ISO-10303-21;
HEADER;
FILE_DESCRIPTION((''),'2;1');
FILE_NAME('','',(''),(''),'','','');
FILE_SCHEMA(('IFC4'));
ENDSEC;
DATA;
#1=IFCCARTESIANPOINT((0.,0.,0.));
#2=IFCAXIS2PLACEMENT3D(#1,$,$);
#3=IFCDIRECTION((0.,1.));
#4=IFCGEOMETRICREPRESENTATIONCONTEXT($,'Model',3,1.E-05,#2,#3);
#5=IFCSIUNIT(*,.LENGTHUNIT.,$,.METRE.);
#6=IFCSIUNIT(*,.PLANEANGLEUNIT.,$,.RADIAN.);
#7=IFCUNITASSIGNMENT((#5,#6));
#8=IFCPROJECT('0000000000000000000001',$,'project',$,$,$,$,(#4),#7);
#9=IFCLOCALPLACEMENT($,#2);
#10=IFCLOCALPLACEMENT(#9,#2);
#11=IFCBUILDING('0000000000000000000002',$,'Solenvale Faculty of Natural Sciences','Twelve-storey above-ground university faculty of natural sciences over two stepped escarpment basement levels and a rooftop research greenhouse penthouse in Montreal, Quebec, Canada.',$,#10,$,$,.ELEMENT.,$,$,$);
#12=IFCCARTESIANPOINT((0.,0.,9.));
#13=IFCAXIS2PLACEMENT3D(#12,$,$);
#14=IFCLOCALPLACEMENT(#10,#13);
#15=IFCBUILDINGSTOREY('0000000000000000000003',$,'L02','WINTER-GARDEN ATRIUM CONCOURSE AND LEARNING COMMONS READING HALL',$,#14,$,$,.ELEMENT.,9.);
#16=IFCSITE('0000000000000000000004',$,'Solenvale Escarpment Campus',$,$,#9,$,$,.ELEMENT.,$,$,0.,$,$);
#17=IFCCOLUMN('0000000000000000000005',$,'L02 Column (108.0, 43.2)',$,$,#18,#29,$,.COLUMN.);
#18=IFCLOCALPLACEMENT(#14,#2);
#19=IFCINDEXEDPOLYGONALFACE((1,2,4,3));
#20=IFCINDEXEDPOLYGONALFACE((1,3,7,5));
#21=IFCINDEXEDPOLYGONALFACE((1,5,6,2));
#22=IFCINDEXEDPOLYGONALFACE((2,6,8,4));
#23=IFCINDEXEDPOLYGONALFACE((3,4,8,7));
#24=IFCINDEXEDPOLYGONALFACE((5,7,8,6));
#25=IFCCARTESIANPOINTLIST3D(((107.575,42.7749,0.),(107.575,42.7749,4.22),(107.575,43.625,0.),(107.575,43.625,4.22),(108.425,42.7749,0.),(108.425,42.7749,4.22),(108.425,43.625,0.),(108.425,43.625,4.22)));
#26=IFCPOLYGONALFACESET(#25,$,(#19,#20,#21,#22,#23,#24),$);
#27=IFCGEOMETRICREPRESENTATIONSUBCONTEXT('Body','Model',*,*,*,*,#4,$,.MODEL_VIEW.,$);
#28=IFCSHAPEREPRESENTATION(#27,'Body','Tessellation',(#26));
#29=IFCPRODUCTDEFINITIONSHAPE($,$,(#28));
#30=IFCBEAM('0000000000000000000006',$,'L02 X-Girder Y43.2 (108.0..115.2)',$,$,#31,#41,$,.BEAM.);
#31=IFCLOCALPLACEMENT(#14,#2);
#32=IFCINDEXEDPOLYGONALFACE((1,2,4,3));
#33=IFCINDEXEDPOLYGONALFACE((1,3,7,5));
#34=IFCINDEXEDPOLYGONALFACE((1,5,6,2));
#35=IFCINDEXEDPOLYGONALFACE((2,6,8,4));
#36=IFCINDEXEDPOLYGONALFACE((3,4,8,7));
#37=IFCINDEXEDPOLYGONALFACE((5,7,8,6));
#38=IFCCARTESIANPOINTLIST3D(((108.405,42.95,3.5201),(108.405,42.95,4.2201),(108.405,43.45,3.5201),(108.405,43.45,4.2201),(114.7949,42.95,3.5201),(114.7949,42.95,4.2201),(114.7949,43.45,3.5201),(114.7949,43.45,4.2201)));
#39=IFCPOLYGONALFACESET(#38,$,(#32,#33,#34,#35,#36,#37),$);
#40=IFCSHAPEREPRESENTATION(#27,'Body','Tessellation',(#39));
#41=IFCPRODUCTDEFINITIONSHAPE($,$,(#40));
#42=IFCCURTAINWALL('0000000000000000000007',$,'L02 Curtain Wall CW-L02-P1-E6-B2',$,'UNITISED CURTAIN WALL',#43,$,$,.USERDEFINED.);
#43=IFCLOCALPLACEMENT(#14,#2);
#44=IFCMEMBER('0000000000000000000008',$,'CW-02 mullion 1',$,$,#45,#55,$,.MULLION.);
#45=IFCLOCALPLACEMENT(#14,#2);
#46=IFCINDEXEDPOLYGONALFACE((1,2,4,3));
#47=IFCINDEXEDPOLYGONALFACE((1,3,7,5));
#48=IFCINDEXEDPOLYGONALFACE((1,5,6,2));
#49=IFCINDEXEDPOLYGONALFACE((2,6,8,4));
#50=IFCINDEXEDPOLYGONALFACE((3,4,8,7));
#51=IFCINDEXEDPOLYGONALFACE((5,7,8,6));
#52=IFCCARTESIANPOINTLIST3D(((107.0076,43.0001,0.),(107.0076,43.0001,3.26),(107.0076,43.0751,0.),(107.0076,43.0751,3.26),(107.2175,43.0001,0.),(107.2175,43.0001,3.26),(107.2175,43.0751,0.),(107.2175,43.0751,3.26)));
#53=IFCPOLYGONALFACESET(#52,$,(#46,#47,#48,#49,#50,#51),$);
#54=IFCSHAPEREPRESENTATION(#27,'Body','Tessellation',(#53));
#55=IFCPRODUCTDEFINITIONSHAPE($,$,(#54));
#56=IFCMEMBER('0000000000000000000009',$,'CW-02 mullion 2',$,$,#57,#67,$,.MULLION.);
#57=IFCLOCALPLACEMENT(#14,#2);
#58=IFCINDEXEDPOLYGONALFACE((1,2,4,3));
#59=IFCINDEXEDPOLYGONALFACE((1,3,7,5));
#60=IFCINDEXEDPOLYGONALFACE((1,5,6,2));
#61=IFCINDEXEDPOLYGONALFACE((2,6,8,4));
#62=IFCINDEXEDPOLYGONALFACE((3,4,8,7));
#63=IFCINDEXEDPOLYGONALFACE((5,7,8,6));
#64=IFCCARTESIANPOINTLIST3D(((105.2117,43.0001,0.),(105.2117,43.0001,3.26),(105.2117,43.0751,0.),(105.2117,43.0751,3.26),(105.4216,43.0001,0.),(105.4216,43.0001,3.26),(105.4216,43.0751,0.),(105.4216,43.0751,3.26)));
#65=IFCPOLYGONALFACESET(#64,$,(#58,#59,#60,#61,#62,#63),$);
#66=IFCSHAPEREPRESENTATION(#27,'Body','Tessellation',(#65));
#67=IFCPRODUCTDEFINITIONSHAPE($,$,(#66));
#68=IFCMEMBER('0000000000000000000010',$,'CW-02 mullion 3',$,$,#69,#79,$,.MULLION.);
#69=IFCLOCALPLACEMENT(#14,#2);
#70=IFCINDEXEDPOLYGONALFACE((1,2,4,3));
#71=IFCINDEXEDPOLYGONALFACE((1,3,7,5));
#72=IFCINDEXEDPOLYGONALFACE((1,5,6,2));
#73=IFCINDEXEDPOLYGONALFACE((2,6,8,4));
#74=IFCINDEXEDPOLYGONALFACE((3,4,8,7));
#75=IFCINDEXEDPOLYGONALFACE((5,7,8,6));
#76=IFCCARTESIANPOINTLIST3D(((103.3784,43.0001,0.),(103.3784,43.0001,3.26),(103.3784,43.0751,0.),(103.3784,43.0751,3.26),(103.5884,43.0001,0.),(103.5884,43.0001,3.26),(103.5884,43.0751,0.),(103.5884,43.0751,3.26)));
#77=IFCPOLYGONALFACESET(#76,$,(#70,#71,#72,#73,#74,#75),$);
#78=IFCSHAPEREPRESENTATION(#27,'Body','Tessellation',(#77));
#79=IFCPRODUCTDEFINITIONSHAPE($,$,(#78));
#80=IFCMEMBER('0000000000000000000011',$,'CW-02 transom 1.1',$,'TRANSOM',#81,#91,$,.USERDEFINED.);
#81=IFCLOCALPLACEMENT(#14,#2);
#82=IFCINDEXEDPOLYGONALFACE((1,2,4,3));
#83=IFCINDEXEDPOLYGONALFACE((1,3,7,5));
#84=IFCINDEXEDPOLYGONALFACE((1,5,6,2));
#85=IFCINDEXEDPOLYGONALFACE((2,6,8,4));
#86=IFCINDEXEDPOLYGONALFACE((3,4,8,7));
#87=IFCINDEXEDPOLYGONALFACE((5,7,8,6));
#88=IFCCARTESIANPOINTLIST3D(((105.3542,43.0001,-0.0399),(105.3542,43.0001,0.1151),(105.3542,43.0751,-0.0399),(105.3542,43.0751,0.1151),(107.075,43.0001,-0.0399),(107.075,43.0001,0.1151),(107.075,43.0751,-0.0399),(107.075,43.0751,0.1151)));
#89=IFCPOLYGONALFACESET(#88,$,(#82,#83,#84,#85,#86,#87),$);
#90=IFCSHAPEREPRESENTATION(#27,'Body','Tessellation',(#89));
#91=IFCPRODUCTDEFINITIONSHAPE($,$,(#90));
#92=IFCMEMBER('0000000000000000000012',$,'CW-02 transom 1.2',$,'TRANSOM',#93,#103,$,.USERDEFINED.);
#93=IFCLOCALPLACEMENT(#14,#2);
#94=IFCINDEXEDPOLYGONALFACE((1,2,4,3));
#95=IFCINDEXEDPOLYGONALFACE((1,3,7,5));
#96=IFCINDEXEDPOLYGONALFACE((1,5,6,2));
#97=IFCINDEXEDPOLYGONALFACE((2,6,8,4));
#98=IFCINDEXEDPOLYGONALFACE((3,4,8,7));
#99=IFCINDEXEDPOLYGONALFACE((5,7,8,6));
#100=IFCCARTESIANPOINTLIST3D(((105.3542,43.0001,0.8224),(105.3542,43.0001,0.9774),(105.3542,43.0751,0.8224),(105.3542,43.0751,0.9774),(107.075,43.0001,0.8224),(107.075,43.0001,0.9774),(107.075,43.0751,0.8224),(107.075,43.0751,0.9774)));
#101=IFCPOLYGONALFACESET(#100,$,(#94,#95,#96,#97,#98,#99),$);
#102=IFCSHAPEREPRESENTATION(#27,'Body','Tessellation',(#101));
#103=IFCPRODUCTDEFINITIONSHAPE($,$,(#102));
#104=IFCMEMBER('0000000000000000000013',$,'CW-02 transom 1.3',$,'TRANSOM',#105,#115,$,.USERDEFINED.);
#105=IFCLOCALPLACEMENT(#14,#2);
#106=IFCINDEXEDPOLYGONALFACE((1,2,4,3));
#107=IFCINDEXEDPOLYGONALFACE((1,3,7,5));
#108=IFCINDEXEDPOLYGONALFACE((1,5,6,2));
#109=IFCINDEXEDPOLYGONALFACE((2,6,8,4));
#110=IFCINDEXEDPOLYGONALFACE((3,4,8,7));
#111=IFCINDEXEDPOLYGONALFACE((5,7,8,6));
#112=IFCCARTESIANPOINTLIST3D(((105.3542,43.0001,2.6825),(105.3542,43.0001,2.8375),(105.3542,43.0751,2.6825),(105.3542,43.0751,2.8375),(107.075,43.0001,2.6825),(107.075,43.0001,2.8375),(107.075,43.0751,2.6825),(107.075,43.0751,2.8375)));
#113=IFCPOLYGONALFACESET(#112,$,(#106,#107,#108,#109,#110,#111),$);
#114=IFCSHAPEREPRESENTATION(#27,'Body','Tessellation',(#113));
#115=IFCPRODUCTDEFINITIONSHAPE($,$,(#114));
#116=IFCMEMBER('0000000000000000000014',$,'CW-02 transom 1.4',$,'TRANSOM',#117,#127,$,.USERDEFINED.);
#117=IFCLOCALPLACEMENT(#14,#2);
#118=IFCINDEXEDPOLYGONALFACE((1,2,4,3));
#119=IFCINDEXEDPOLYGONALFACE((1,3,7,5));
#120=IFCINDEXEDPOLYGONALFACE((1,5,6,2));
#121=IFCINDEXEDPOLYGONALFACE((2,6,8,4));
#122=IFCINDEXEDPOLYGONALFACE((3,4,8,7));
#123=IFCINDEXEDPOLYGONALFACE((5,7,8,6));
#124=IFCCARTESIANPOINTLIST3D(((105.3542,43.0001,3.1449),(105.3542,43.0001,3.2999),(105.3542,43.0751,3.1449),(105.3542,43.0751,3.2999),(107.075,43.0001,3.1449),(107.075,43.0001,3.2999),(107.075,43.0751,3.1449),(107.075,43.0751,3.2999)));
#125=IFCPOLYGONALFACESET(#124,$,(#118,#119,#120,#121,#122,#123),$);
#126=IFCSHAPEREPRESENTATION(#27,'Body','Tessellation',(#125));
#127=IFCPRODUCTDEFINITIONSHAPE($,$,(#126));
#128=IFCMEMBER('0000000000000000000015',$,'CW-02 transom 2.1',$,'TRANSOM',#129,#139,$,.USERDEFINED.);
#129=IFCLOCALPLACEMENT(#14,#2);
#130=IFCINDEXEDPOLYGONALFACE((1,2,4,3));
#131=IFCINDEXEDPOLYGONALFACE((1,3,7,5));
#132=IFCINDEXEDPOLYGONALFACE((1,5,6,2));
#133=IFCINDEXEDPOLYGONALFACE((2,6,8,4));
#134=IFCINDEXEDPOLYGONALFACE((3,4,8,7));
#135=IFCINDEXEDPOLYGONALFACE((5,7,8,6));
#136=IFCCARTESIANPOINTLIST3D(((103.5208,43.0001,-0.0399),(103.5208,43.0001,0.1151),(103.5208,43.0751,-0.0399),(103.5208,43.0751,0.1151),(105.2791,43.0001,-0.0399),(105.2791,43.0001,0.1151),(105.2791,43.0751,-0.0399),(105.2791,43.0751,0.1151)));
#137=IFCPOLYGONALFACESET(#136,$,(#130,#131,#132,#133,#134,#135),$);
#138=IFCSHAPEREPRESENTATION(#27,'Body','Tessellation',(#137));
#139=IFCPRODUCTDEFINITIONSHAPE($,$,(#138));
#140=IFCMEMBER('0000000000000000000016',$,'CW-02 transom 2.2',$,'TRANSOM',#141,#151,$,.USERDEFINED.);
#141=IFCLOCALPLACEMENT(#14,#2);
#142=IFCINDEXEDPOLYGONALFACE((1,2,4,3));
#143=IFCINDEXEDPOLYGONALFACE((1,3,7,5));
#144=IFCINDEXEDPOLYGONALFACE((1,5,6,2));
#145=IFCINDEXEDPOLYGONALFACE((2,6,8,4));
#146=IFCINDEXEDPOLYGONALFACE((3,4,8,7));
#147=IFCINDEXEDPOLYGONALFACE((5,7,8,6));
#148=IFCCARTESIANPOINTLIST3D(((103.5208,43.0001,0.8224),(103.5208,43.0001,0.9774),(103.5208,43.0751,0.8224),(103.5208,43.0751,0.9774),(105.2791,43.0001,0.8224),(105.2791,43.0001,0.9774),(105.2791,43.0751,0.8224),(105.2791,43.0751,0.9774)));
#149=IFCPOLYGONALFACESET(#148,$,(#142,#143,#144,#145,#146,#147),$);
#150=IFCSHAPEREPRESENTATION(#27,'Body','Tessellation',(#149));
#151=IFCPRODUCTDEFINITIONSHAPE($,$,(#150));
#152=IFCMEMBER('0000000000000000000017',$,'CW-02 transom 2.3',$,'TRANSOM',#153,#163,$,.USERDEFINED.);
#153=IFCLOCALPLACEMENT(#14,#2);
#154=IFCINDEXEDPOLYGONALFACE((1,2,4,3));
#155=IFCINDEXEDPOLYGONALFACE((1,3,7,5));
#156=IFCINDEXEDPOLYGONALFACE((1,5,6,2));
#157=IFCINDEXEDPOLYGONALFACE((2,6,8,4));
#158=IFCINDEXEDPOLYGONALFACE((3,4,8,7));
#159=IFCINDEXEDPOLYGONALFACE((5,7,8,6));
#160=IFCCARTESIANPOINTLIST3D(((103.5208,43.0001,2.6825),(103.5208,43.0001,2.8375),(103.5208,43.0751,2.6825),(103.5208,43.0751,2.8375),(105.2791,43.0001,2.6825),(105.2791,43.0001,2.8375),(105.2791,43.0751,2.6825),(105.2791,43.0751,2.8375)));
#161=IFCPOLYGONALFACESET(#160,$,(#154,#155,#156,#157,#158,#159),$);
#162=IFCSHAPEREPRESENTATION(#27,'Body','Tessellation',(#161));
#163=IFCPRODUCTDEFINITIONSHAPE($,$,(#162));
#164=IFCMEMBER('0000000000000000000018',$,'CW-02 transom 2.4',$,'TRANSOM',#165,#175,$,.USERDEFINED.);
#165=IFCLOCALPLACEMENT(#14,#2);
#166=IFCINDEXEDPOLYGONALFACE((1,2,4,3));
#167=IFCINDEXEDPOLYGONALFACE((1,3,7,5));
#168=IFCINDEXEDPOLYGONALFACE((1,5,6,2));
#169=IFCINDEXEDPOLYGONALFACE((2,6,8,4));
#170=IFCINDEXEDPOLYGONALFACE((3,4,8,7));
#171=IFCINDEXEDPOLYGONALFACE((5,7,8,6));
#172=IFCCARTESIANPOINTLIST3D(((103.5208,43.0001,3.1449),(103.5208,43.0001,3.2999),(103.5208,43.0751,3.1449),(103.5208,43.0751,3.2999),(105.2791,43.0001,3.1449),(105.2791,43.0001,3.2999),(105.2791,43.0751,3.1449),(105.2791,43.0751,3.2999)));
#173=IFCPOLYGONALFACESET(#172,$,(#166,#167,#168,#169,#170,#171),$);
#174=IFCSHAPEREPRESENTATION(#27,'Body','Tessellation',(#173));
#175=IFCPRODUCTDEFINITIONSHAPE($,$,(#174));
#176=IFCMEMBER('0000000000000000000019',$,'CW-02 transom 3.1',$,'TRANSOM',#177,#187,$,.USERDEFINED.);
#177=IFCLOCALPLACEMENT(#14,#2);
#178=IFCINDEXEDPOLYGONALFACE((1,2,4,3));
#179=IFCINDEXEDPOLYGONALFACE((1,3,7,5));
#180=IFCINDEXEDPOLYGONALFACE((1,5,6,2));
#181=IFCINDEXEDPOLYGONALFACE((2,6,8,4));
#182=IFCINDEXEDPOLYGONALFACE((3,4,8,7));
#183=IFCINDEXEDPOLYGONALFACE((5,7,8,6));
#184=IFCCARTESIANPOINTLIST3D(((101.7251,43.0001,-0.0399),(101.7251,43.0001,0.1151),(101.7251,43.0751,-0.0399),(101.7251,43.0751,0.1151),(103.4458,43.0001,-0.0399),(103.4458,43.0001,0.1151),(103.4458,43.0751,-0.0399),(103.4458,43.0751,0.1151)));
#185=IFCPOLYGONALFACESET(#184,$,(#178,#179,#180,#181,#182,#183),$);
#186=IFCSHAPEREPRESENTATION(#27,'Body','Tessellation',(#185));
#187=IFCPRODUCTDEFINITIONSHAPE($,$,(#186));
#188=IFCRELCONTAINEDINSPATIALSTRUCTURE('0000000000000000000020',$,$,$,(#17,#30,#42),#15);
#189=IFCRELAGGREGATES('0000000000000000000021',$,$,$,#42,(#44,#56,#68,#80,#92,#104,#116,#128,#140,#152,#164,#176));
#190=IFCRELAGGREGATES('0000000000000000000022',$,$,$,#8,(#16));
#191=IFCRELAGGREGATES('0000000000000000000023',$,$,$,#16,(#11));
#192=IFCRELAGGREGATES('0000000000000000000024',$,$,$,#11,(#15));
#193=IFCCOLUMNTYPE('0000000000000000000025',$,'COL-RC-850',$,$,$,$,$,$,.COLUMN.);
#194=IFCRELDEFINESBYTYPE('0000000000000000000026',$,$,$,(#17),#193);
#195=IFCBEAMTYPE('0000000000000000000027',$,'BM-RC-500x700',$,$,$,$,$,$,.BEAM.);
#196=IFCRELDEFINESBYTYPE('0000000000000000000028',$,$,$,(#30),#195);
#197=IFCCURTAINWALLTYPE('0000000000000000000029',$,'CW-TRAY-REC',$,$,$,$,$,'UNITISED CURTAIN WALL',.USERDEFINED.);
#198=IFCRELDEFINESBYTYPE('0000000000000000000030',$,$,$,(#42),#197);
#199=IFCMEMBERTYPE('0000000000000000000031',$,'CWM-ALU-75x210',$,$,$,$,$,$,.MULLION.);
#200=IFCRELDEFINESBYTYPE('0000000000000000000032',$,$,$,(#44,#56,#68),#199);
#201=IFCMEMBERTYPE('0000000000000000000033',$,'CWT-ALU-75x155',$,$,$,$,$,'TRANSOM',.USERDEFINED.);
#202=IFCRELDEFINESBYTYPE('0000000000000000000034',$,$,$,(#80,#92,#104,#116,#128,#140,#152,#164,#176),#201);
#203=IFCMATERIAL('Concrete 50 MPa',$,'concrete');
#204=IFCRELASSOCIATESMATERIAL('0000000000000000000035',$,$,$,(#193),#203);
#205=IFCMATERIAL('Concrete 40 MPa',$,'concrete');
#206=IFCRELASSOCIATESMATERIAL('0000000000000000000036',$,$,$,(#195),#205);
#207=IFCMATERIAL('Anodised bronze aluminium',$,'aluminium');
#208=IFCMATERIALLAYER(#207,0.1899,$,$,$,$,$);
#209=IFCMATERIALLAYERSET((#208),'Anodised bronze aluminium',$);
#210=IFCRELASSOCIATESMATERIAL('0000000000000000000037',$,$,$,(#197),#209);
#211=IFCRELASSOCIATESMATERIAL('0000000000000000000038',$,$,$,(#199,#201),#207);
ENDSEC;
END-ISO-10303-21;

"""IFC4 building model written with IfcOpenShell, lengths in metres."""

from ifc_helpers import new_model, si_unit, direction, frame, origin, origin_2d, place, context, subcontext, project, spatial, rectangle, extrude, material, layer, layer_set, material_profile, profile_set, type_object, element, aggregate, save


model = new_model("IFC4")

# Units and contexts
model_context = context("Model", 3, precision=1e-05, world=origin(), true_north=direction((0.0, 1.0)))
body_context = subcontext(model_context, "Body", "Model", "MODEL_VIEW")
ifc_project = project(units=[si_unit("LENGTHUNIT", "METRE"), si_unit("PLANEANGLEUNIT", "RADIAN")], contexts=[model_context])

# Site, building, storey
site_placement = place(None, origin())
site = spatial("IfcSite", under=ifc_project, at=site_placement, Name="Solenvale Escarpment Campus", CompositionType="ELEMENT", RefElevation=0.0)
building_placement = place(site_placement, origin())
building = spatial("IfcBuilding", under=site, at=building_placement, Name="Solenvale Faculty of Natural Sciences", Description="Twelve-storey above-ground university faculty of natural sciences over two stepped escarpment basement levels and a rooftop research greenhouse penthouse in Montreal, Quebec, Canada.", CompositionType="ELEMENT")
storey_placement = place(building_placement, frame((0.0, 0.0, 9.0)))
storey = spatial("IfcBuildingStorey", under=building, at=storey_placement, Name="L02", Description="WINTER-GARDEN ATRIUM CONCOURSE AND LEARNING COMMONS READING HALL", CompositionType="ELEMENT", Elevation=9.0)

# Column
ifc_material_1 = material(Name="Concrete 50 MPa", Category="concrete")
ifc_material_profile_1 = material_profile(ifc_material_1, rectangle(XDim=0.8501, YDim=0.8501, at=origin_2d()), Name="RC-COL-850x850")
ifc_profile_set_1 = profile_set([ifc_material_profile_1], Name="Concrete 50 MPa")
column_type = type_object("IfcColumnType", Name="COL-RC-850", PredefinedType="COLUMN", material=ifc_profile_set_1)
column_placement = place(storey_placement, frame((108.0, 43.2, 0.0), z_axis=(0.0, 0.0, 1.0), x_axis=(1.0, 0.0, 0.0)))
element("IfcColumn", 1, at=column_placement, inside=storey, type_object=column_type, Name="L02 Column (108.0, 43.2)", PredefinedType="COLUMN", context=body_context, shape_type="SweptSolid", body=[
    extrude(rectangle(XDim=0.8501, YDim=0.8501, at=origin_2d()), origin(), (0.0, 0.0, 1.0), 4.22),
])

# Beam
ifc_material_2 = material(Name="Concrete 40 MPa", Category="concrete")
ifc_material_profile_2 = material_profile(ifc_material_2, rectangle(XDim=0.5, YDim=0.7, at=origin_2d()), Name="RC-BM-500x700")
ifc_profile_set_2 = profile_set([ifc_material_profile_2], Name="Concrete 40 MPa")
beam_type = type_object("IfcBeamType", Name="BM-RC-500x700", PredefinedType="BEAM", material=ifc_profile_set_2)
beam_placement = place(storey_placement, frame((108.405, 43.2, 3.8701), z_axis=(1.0, 0.0, 0.0), x_axis=(0.0, 1.0, 0.0)))
element("IfcBeam", 2, at=beam_placement, inside=storey, type_object=beam_type, Name="L02 X-Girder Y43.2 (108.0..115.2)", PredefinedType="BEAM", context=body_context, shape_type="SweptSolid", body=[
    extrude(rectangle(XDim=0.5, YDim=0.7, at=origin_2d()), origin(), (0.0, 0.0, 1.0), 6.3899),
])

# Curtain wall, members
ifc_material_3 = material(Name="Anodised bronze aluminium", Category="aluminium")
ifc_layer_1 = layer(ifc_material_3, 0.1899)
ifc_layer_set_1 = layer_set([ifc_layer_1], Name="Anodised bronze aluminium")
curtain_wall_type = type_object("IfcCurtainWallType", Name="CW-TRAY-REC", ElementType="UNITISED CURTAIN WALL", PredefinedType="USERDEFINED", material=ifc_layer_set_1)
curtain_wall_placement = place(storey_placement, origin())
curtain_wall = element("IfcCurtainWall", 3, at=curtain_wall_placement, inside=storey, type_object=curtain_wall_type, Name="L02 Curtain Wall CW-L02-P1-E6-B2", ObjectType="UNITISED CURTAIN WALL", PredefinedType="USERDEFINED")
ifc_material_profile_3 = material_profile(ifc_material_3, rectangle(XDim=0.075, YDim=0.21, at=origin_2d()), Name="ALU-MUL-75x210")
ifc_profile_set_3 = profile_set([ifc_material_profile_3], Name="Anodised bronze aluminium")
member_type_1 = type_object("IfcMemberType", Name="CWM-ALU-75x210", PredefinedType="MULLION", material=ifc_profile_set_3)
member_1_placement = place(storey_placement, frame((107.1125, 43.0376, 0.0), z_axis=(0.0, 0.0, 1.0), x_axis=(0.0, -1.0, 0.0)))
member_1 = element("IfcMember", 4, at=member_1_placement, type_object=member_type_1, Name="CW-02 mullion 1", PredefinedType="MULLION", context=body_context, shape_type="SweptSolid", body=[
    extrude(rectangle(XDim=0.075, YDim=0.21, at=origin_2d()), origin(), (0.0, 0.0, 1.0), 3.26),
])
member_2_placement = place(storey_placement, frame((105.3167, 43.0376, 0.0), z_axis=(0.0, 0.0, 1.0), x_axis=(0.0, -1.0, 0.0)))
member_2 = element("IfcMember", 5, at=member_2_placement, type_object=member_type_1, Name="CW-02 mullion 2", PredefinedType="MULLION", context=body_context, shape_type="SweptSolid", body=[
    extrude(rectangle(XDim=0.075, YDim=0.21, at=origin_2d()), origin(), (0.0, 0.0, 1.0), 3.26),
])
member_3_placement = place(storey_placement, frame((103.4834, 43.0376, 0.0), z_axis=(0.0, 0.0, 1.0), x_axis=(0.0, -1.0, 0.0)))
member_3 = element("IfcMember", 6, at=member_3_placement, type_object=member_type_1, Name="CW-02 mullion 3", PredefinedType="MULLION", context=body_context, shape_type="SweptSolid", body=[
    extrude(rectangle(XDim=0.075, YDim=0.21, at=origin_2d()), origin(), (0.0, 0.0, 1.0), 3.26),
])
ifc_material_profile_4 = material_profile(ifc_material_3, rectangle(XDim=0.075, YDim=0.155, at=origin_2d()), Name="ALU-TRN-75x155")
ifc_profile_set_4 = profile_set([ifc_material_profile_4], Name="Anodised bronze aluminium")
member_type_2 = type_object("IfcMemberType", Name="CWT-ALU-75x155", ElementType="TRANSOM", PredefinedType="USERDEFINED", material=ifc_profile_set_4)
member_4_placement = place(storey_placement, frame((107.075, 43.0376, 0.0376), z_axis=(-1.0, 0.0, 0.0), x_axis=(0.0, -1.0, 0.0)))
member_4 = element("IfcMember", 7, at=member_4_placement, type_object=member_type_2, Name="CW-02 transom 1.1", ObjectType="TRANSOM", PredefinedType="USERDEFINED", context=body_context, shape_type="SweptSolid", body=[
    extrude(rectangle(XDim=0.075, YDim=0.155, at=origin_2d()), origin(), (0.0, 0.0, 1.0), 1.7207),
])
member_5_placement = place(storey_placement, frame((107.075, 43.0376, 0.8999), z_axis=(-1.0, 0.0, 0.0), x_axis=(0.0, -1.0, 0.0)))
member_5 = element("IfcMember", 8, at=member_5_placement, type_object=member_type_2, Name="CW-02 transom 1.2", ObjectType="TRANSOM", PredefinedType="USERDEFINED", context=body_context, shape_type="SweptSolid", body=[
    extrude(rectangle(XDim=0.075, YDim=0.155, at=origin_2d()), origin(), (0.0, 0.0, 1.0), 1.7207),
])
member_6_placement = place(storey_placement, frame((107.075, 43.0376, 2.76), z_axis=(-1.0, 0.0, 0.0), x_axis=(0.0, -1.0, 0.0)))
member_6 = element("IfcMember", 9, at=member_6_placement, type_object=member_type_2, Name="CW-02 transom 1.3", ObjectType="TRANSOM", PredefinedType="USERDEFINED", context=body_context, shape_type="SweptSolid", body=[
    extrude(rectangle(XDim=0.075, YDim=0.155, at=origin_2d()), origin(), (0.0, 0.0, 1.0), 1.7207),
])
member_7_placement = place(storey_placement, frame((107.075, 43.0376, 3.2224), z_axis=(-1.0, 0.0, 0.0), x_axis=(0.0, -1.0, 0.0)))
member_7 = element("IfcMember", 10, at=member_7_placement, type_object=member_type_2, Name="CW-02 transom 1.4", ObjectType="TRANSOM", PredefinedType="USERDEFINED", context=body_context, shape_type="SweptSolid", body=[
    extrude(rectangle(XDim=0.075, YDim=0.155, at=origin_2d()), origin(), (0.0, 0.0, 1.0), 1.7207),
])
member_8_placement = place(storey_placement, frame((105.2791, 43.0376, 0.0376), z_axis=(-1.0, 0.0, 0.0), x_axis=(0.0, -1.0, 0.0)))
member_8 = element("IfcMember", 11, at=member_8_placement, type_object=member_type_2, Name="CW-02 transom 2.1", ObjectType="TRANSOM", PredefinedType="USERDEFINED", context=body_context, shape_type="SweptSolid", body=[
    extrude(rectangle(XDim=0.075, YDim=0.155, at=origin_2d()), origin(), (0.0, 0.0, 1.0), 1.7583),
])
member_9_placement = place(storey_placement, frame((105.2791, 43.0376, 0.8999), z_axis=(-1.0, 0.0, 0.0), x_axis=(0.0, -1.0, 0.0)))
member_9 = element("IfcMember", 12, at=member_9_placement, type_object=member_type_2, Name="CW-02 transom 2.2", ObjectType="TRANSOM", PredefinedType="USERDEFINED", context=body_context, shape_type="SweptSolid", body=[
    extrude(rectangle(XDim=0.075, YDim=0.155, at=origin_2d()), origin(), (0.0, 0.0, 1.0), 1.7583),
])
member_10_placement = place(storey_placement, frame((105.2791, 43.0376, 2.76), z_axis=(-1.0, 0.0, 0.0), x_axis=(0.0, -1.0, 0.0)))
member_10 = element("IfcMember", 13, at=member_10_placement, type_object=member_type_2, Name="CW-02 transom 2.3", ObjectType="TRANSOM", PredefinedType="USERDEFINED", context=body_context, shape_type="SweptSolid", body=[
    extrude(rectangle(XDim=0.075, YDim=0.155, at=origin_2d()), origin(), (0.0, 0.0, 1.0), 1.7583),
])
member_11_placement = place(storey_placement, frame((105.2791, 43.0376, 3.2224), z_axis=(-1.0, 0.0, 0.0), x_axis=(0.0, -1.0, 0.0)))
member_11 = element("IfcMember", 14, at=member_11_placement, type_object=member_type_2, Name="CW-02 transom 2.4", ObjectType="TRANSOM", PredefinedType="USERDEFINED", context=body_context, shape_type="SweptSolid", body=[
    extrude(rectangle(XDim=0.075, YDim=0.155, at=origin_2d()), origin(), (0.0, 0.0, 1.0), 1.7583),
])
member_12_placement = place(storey_placement, frame((103.4458, 43.0376, 0.0376), z_axis=(-1.0, 0.0, 0.0), x_axis=(0.0, -1.0, 0.0)))
member_12 = element("IfcMember", 15, at=member_12_placement, type_object=member_type_2, Name="CW-02 transom 3.1", ObjectType="TRANSOM", PredefinedType="USERDEFINED", context=body_context, shape_type="SweptSolid", body=[
    extrude(rectangle(XDim=0.075, YDim=0.155, at=origin_2d()), origin(), (0.0, 0.0, 1.0), 1.7207),
])
aggregate(curtain_wall, [member_1, member_2, member_3, member_4, member_5, member_6, member_7, member_8, member_9, member_10, member_11, member_12])

save(model, "model.ifc")
